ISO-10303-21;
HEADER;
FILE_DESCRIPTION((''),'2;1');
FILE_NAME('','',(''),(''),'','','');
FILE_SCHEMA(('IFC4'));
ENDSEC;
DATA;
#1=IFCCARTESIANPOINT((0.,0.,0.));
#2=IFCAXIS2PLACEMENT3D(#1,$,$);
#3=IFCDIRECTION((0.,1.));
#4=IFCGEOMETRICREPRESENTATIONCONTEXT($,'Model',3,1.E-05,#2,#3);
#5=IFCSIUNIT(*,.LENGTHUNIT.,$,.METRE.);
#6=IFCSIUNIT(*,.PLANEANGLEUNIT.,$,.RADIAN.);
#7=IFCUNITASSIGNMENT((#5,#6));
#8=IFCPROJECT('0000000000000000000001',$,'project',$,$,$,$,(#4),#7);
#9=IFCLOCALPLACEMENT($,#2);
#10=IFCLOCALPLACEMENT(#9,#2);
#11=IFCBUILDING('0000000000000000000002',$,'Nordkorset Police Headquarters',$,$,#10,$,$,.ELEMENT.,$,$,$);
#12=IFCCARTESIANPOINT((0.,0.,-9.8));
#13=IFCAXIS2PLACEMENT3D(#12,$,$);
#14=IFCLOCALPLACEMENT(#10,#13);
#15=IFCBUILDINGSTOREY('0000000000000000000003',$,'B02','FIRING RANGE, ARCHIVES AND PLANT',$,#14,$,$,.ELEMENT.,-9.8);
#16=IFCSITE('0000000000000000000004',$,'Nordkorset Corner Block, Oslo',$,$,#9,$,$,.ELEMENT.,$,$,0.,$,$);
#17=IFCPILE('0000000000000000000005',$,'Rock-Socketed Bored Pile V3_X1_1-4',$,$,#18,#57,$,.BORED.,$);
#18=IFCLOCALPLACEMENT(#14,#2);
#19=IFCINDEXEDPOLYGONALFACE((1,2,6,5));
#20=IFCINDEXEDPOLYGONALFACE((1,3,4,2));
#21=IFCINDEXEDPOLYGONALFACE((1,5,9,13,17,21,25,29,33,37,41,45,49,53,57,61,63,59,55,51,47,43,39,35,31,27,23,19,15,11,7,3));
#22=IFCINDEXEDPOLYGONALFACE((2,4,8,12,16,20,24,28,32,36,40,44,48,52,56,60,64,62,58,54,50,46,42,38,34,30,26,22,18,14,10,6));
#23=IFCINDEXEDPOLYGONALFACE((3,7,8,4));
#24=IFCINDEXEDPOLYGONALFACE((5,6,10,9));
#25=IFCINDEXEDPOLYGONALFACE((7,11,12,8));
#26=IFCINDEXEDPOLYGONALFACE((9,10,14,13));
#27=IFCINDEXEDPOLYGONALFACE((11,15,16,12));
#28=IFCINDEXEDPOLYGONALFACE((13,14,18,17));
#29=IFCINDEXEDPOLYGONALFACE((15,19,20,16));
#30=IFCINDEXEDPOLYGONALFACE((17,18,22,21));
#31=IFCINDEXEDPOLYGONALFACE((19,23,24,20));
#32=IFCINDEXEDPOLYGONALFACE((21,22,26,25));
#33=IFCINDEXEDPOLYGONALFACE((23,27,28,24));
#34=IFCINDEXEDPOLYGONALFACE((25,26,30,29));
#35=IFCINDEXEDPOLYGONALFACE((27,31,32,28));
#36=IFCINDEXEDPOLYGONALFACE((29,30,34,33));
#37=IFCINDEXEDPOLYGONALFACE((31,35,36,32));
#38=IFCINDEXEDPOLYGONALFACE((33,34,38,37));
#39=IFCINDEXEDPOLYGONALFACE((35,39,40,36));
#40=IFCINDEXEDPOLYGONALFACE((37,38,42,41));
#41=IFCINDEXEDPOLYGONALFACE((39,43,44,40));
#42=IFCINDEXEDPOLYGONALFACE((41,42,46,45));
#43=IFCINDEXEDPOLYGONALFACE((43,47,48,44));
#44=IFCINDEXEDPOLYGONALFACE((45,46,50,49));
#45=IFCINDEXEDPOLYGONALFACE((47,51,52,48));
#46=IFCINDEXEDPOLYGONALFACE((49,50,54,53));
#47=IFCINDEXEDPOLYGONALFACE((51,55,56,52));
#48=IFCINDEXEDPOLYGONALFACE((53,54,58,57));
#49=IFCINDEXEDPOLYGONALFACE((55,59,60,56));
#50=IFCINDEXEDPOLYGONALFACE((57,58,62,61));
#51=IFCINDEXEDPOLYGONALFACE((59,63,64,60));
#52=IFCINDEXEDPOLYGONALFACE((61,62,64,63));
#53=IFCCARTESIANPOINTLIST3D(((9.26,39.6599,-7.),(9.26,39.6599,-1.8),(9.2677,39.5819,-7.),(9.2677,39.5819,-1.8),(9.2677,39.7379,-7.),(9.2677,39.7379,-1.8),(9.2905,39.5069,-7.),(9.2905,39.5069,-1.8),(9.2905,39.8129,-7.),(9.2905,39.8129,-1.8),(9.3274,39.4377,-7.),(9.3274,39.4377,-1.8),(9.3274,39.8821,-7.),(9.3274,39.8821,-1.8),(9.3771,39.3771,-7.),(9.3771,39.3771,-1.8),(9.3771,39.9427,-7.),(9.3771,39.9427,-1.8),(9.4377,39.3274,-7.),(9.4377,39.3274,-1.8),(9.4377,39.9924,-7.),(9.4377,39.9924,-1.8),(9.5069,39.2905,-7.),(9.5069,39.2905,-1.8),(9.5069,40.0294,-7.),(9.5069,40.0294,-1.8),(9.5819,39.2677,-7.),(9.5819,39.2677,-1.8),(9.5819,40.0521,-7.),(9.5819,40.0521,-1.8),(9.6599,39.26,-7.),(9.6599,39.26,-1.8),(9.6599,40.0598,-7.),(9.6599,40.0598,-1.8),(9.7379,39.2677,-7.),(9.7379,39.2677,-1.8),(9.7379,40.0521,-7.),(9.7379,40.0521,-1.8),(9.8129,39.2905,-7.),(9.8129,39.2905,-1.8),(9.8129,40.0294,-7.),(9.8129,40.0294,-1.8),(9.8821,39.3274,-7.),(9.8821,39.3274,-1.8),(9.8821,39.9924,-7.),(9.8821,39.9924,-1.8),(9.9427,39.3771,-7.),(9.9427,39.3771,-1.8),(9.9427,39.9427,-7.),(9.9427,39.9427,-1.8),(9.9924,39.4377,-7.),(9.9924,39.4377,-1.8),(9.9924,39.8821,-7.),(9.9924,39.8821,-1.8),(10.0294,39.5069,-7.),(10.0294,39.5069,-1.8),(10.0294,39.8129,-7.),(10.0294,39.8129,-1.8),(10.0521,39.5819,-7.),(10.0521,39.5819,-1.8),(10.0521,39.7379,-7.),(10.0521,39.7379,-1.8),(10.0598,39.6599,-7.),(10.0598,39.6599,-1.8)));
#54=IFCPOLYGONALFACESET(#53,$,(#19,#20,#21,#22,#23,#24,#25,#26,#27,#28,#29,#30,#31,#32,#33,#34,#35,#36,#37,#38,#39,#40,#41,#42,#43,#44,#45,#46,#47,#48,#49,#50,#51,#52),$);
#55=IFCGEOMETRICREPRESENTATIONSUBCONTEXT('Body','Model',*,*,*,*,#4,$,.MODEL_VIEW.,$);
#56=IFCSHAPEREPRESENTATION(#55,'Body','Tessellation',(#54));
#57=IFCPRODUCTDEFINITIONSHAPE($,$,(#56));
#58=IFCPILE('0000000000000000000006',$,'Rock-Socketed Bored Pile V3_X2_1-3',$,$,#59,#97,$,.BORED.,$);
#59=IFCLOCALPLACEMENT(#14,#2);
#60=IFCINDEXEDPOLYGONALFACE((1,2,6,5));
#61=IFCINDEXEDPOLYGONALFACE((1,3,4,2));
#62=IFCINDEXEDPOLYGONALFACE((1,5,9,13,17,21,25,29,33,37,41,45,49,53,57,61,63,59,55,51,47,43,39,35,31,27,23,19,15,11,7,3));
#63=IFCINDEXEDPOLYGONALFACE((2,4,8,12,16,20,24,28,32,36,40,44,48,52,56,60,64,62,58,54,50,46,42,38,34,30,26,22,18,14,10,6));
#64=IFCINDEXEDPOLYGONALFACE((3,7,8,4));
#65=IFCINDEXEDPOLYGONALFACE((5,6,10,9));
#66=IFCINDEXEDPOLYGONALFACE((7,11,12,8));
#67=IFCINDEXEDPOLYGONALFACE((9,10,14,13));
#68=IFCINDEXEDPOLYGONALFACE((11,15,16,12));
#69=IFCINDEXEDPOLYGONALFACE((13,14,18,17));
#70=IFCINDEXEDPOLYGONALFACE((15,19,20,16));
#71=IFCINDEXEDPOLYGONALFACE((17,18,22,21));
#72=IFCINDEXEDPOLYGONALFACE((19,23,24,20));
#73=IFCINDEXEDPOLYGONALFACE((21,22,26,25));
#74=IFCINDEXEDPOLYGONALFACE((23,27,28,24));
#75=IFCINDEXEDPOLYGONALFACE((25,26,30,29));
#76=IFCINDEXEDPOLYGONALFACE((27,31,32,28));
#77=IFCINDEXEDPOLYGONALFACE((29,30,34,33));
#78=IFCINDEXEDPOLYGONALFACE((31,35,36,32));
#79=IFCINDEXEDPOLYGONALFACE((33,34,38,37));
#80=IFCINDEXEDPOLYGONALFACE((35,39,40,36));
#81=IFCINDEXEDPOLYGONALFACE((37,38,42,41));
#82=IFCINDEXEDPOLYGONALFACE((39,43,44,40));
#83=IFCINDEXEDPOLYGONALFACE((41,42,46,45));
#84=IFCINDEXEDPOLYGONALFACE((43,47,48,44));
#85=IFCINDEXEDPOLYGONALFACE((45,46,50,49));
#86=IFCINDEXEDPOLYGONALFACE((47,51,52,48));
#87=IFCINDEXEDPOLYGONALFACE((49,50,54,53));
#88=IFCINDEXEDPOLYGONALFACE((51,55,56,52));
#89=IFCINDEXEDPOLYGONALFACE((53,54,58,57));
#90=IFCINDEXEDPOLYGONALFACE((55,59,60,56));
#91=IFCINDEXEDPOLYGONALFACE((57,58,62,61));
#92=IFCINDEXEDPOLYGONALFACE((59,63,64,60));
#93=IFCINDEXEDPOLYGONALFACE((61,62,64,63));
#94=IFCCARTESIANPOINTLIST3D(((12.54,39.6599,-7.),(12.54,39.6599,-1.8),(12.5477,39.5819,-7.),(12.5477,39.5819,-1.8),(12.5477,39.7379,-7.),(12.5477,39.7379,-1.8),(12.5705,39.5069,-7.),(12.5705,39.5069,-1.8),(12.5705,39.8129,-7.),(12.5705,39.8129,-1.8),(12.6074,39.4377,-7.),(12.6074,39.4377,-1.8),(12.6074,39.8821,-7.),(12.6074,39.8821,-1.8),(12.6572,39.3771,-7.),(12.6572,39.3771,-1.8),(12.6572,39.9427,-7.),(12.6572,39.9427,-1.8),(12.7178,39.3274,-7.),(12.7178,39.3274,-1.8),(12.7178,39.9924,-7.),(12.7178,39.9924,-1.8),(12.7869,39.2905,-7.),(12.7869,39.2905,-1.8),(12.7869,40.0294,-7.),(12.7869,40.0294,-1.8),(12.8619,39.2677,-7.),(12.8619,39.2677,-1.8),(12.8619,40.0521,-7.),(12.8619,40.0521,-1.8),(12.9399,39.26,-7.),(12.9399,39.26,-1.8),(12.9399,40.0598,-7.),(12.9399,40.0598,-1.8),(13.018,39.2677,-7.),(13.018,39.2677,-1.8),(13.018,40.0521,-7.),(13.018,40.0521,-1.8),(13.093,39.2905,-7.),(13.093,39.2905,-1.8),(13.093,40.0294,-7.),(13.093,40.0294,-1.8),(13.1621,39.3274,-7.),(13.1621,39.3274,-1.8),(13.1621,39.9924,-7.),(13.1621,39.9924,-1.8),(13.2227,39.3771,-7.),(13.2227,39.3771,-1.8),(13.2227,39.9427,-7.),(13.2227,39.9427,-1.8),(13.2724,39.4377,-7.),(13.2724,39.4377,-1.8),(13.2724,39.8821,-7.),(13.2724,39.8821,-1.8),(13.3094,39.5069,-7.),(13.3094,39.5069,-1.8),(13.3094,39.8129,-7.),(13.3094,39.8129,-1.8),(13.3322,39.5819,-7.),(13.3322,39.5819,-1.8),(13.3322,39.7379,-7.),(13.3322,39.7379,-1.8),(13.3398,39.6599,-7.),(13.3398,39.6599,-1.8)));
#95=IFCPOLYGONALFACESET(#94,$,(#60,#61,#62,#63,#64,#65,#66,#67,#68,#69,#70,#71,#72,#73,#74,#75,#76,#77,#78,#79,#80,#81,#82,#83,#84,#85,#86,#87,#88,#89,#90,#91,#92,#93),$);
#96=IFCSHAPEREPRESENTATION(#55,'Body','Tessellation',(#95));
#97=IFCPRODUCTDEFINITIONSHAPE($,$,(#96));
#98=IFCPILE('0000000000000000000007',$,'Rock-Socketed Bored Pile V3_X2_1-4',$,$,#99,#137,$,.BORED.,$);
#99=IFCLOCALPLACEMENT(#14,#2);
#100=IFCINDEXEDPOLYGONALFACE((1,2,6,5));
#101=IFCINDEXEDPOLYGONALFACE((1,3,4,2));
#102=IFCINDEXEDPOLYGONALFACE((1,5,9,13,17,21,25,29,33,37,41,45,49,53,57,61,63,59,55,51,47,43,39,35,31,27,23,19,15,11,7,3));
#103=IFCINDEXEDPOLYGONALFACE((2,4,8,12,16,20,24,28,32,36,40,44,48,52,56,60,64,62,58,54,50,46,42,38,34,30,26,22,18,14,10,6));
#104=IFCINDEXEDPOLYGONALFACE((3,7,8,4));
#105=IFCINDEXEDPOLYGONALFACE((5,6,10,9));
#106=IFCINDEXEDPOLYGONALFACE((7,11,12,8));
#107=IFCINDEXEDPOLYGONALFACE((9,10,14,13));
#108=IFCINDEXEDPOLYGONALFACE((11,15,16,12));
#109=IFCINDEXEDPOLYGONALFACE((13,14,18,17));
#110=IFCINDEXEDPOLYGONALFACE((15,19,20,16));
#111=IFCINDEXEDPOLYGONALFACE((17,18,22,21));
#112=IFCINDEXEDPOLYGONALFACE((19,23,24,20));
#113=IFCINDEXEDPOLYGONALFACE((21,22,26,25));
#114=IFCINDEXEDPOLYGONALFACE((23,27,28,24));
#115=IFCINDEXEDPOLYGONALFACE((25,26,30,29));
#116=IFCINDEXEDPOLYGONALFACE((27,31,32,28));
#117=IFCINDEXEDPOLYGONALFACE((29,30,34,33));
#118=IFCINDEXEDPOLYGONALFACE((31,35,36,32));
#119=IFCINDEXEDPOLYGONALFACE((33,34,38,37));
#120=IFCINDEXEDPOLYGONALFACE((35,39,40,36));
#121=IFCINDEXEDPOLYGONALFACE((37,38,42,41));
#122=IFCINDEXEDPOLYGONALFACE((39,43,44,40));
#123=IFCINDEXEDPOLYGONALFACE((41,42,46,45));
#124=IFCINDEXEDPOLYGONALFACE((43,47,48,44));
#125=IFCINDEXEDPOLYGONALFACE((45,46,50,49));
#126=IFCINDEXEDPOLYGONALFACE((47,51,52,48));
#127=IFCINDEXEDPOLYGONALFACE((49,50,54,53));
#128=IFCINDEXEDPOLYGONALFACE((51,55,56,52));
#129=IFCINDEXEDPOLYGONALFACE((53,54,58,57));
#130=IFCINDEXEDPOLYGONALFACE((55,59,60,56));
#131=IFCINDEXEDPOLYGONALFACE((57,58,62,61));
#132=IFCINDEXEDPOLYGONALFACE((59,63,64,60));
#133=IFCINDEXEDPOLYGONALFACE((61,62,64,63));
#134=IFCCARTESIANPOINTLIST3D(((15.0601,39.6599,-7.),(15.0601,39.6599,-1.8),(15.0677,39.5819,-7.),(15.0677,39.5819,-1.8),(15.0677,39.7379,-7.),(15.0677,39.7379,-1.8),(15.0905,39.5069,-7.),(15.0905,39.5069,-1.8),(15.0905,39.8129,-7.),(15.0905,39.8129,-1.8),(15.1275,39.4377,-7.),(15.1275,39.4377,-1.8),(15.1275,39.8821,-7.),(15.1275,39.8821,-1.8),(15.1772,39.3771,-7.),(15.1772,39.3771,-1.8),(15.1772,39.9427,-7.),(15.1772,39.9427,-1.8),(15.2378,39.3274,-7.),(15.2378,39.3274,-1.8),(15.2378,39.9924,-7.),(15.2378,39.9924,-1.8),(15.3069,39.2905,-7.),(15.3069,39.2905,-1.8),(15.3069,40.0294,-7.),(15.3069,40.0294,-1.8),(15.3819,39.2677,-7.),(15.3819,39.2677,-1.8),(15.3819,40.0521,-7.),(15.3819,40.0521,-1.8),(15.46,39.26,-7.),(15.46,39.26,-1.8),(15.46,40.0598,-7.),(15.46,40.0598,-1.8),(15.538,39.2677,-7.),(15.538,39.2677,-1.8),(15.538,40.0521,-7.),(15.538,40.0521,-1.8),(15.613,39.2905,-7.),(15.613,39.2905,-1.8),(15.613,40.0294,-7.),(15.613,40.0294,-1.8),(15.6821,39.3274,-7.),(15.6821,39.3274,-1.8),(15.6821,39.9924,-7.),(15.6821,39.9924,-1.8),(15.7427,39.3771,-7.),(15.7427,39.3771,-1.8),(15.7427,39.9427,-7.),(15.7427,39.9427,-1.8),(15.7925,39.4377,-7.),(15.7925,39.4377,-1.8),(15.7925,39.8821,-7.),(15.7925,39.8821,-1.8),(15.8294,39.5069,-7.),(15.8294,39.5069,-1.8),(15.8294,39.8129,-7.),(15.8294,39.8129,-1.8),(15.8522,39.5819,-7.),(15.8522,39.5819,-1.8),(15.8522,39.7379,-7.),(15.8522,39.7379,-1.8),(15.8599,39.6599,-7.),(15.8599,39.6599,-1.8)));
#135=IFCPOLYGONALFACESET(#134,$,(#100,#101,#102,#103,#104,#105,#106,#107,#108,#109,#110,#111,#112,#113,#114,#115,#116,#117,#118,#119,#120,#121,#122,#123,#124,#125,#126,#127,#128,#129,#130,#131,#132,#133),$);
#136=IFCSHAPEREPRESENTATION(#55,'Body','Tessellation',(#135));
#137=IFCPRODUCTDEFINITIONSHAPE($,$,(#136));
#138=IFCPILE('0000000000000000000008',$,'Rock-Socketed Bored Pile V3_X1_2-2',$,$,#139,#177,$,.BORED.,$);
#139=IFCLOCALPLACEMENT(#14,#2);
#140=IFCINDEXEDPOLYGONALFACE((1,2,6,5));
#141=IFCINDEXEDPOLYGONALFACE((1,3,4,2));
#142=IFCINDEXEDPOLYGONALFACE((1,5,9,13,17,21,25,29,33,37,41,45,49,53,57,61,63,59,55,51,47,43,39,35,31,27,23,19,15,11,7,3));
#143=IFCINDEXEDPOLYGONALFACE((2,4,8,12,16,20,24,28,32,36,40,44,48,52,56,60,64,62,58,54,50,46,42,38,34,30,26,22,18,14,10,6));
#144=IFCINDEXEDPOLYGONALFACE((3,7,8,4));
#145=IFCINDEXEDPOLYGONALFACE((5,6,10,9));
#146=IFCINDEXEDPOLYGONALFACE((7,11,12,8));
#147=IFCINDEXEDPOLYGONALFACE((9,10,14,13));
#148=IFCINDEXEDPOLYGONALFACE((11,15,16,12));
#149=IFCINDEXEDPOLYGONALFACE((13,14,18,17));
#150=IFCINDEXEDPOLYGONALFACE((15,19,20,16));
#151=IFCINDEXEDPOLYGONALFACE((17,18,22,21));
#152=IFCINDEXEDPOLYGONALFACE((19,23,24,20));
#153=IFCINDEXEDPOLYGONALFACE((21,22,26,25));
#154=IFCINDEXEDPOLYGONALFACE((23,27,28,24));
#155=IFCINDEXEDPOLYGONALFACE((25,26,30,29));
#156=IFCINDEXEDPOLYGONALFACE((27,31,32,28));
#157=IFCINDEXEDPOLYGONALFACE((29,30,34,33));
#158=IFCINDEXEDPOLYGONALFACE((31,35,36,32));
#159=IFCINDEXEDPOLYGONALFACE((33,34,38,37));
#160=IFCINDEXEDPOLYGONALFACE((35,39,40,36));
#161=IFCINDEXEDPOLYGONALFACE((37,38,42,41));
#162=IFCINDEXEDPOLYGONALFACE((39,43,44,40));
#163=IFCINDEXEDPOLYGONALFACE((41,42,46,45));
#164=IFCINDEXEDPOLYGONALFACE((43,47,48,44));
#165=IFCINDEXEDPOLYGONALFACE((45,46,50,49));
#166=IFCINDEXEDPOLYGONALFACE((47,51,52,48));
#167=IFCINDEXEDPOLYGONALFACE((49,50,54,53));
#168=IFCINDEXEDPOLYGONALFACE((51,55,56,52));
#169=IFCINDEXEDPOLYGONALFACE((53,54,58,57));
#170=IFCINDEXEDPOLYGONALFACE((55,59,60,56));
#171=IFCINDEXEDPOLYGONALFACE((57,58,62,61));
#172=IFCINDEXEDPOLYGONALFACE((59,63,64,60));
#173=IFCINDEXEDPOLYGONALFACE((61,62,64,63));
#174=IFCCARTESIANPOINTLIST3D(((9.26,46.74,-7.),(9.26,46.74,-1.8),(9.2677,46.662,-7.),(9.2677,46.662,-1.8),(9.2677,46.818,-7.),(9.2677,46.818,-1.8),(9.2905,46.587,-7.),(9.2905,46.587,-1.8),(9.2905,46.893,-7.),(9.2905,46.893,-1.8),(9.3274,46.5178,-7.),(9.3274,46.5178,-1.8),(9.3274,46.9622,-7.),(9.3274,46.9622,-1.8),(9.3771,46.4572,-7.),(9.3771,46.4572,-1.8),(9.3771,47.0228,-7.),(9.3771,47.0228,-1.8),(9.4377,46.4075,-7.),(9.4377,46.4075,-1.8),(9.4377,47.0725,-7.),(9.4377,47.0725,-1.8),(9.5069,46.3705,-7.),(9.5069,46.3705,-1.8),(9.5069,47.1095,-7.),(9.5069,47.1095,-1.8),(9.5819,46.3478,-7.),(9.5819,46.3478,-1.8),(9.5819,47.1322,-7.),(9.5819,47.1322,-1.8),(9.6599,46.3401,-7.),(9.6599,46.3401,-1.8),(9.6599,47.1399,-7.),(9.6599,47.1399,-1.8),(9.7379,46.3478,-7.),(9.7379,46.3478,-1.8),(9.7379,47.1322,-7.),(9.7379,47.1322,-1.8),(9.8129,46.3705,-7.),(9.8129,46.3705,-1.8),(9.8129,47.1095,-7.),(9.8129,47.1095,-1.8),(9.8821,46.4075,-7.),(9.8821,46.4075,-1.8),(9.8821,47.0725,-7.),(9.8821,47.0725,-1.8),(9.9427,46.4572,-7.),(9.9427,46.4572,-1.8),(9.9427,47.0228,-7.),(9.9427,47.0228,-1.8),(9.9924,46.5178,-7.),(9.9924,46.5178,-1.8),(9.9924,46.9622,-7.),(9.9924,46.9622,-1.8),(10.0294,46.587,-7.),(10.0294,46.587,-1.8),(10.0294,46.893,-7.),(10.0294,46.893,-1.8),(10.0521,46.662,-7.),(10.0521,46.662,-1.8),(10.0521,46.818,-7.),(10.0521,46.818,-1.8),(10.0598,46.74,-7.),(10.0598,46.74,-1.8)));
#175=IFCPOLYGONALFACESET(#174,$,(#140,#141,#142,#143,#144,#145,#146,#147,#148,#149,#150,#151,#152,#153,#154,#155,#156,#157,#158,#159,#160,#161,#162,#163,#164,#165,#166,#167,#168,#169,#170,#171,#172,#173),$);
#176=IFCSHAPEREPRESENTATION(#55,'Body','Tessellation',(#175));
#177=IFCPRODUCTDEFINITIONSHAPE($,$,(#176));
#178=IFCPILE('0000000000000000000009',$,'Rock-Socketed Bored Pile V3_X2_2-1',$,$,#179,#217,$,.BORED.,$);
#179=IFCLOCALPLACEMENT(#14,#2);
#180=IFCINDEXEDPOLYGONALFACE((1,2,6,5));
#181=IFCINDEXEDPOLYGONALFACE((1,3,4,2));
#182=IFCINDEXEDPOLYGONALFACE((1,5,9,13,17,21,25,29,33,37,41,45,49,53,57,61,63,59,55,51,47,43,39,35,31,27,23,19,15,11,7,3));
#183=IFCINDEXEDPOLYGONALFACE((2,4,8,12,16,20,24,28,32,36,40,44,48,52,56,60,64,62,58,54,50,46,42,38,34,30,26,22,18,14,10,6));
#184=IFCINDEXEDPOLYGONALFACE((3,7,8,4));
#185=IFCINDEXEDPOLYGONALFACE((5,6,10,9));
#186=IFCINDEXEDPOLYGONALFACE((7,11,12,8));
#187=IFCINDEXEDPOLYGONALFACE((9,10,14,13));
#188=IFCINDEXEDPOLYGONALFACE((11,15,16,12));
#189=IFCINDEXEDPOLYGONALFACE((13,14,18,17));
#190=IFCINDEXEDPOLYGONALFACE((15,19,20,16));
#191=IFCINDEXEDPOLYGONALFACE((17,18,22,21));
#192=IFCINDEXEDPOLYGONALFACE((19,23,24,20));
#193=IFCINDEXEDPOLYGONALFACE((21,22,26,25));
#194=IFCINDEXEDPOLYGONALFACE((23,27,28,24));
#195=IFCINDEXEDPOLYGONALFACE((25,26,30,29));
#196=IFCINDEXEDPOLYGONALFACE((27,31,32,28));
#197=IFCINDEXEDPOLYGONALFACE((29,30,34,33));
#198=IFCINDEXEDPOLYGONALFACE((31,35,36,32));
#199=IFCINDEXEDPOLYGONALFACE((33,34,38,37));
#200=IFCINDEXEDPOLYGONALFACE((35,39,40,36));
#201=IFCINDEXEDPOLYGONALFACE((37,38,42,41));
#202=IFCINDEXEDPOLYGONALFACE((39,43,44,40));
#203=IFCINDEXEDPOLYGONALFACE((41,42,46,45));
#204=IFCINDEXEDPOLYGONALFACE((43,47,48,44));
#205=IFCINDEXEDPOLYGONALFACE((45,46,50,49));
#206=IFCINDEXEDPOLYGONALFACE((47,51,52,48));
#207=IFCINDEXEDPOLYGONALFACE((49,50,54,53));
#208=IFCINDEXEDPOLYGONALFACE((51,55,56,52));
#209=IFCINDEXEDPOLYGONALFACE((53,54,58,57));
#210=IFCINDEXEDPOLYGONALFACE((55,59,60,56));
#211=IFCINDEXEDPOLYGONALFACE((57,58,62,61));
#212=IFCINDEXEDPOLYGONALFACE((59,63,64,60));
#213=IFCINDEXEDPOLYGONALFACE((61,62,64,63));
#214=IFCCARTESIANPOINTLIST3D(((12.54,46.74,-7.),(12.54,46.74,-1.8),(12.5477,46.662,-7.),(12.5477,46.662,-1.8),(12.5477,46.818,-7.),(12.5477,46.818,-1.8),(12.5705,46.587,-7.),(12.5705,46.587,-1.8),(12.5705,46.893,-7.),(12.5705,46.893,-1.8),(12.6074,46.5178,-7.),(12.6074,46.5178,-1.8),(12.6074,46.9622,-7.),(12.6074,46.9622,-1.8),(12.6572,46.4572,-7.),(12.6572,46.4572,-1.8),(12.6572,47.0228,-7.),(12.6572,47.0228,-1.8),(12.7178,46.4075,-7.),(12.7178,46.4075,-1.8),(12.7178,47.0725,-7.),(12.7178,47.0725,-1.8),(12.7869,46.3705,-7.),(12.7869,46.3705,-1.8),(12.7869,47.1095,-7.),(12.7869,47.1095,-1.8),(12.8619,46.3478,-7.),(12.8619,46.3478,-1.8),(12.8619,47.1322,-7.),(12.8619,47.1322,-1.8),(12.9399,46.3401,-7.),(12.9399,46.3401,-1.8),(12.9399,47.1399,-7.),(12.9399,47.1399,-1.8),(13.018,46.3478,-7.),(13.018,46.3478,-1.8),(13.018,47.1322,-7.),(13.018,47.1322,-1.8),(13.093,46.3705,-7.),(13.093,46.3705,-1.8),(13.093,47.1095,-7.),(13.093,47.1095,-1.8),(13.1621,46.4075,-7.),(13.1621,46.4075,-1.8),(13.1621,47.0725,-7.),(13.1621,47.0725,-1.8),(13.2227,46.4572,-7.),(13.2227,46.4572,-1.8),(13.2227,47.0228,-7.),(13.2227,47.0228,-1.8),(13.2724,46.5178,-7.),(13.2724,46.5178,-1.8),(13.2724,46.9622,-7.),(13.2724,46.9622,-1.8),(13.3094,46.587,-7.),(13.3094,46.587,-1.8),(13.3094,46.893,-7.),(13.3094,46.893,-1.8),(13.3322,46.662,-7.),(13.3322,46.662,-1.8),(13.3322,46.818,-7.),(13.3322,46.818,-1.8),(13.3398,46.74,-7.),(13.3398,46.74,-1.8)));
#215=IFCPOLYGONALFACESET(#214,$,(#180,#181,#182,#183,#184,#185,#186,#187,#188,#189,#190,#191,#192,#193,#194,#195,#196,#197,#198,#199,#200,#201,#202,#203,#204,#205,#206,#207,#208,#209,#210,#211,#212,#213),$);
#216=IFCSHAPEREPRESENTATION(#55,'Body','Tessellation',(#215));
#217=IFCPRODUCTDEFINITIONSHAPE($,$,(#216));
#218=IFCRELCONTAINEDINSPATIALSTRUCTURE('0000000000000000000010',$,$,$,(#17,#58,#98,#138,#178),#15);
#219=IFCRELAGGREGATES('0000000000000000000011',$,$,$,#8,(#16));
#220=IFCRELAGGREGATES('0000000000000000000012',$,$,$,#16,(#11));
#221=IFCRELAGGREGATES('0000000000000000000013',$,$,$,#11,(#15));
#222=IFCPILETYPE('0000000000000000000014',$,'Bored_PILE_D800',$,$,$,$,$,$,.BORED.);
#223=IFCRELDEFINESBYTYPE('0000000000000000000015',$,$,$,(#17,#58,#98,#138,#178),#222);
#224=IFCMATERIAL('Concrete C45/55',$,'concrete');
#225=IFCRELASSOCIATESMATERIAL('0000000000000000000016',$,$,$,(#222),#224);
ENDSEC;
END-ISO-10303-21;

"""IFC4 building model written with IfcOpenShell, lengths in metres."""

from ifc_helpers import new_model, si_unit, direction, frame, origin, origin_2d, place, context, subcontext, project, spatial, circle, extrude, material, material_profile, profile_set, type_object, element, save


model = new_model("IFC4")

# Units and contexts
model_context = context("Model", 3, precision=1e-05, world=origin(), true_north=direction((0.0, 1.0)))
body_context = subcontext(model_context, "Body", "Model", "MODEL_VIEW")
ifc_project = project(units=[si_unit("LENGTHUNIT", "METRE"), si_unit("PLANEANGLEUNIT", "RADIAN")], contexts=[model_context])

# Site, building, storey
site_placement = place(None, origin())
site = spatial("IfcSite", under=ifc_project, at=site_placement, Name="Nordkorset Corner Block, Oslo", CompositionType="ELEMENT", RefElevation=0.0)
building_placement = place(site_placement, origin())
building = spatial("IfcBuilding", under=site, at=building_placement, Name="Nordkorset Police Headquarters", CompositionType="ELEMENT")
storey_placement = place(building_placement, frame((0.0, 0.0, -9.8)))
storey = spatial("IfcBuildingStorey", under=building, at=storey_placement, Name="B02", Description="FIRING RANGE, ARCHIVES AND PLANT", CompositionType="ELEMENT", Elevation=-9.8)

# Piles
ifc_material_1 = material(Name="Concrete C45/55", Category="concrete")
ifc_material_profile_1 = material_profile(ifc_material_1, circle(Radius=0.3999, at=origin_2d()), Name="PILE D800")
ifc_profile_set_1 = profile_set([ifc_material_profile_1], Name="Concrete C45/55")
pile_type_1 = type_object("IfcPileType", Name="Bored_PILE_D800", PredefinedType="BORED", material=ifc_profile_set_1)
for number, where, z_axis, x_axis, name in (
    (1, (9.6599, 39.6599, -1.8), (0.0, 0.0, -1.0), (1.0, 0.0, 0.0), "Rock-Socketed Bored Pile V3_X1_1-4"),
    (2, (12.9399, 39.6599, -1.8), (0.0, 0.0, -1.0), (1.0, 0.0, 0.0), "Rock-Socketed Bored Pile V3_X2_1-3"),
    (3, (15.46, 39.6599, -1.8), (0.0, 0.0, -1.0), (1.0, 0.0, 0.0), "Rock-Socketed Bored Pile V3_X2_1-4"),
    (4, (9.6599, 46.74, -1.8), (0.0, 0.0, -1.0), (1.0, 0.0, 0.0), "Rock-Socketed Bored Pile V3_X1_2-2"),
    (5, (12.9399, 46.74, -1.8), (0.0, 0.0, -1.0), (1.0, 0.0, 0.0), "Rock-Socketed Bored Pile V3_X2_2-1"),
):
    element("IfcPile", number, at=place(storey_placement, frame(where, z_axis=z_axis, x_axis=x_axis)), inside=storey, type_object=pile_type_1, Name=name, PredefinedType="BORED", context=body_context, shape_type="SweptSolid", body=[
        extrude(circle(Radius=0.3999, at=origin_2d()), origin(), (0.0, 0.0, 1.0), 5.2),
    ])

save(model, "model.ifc")
